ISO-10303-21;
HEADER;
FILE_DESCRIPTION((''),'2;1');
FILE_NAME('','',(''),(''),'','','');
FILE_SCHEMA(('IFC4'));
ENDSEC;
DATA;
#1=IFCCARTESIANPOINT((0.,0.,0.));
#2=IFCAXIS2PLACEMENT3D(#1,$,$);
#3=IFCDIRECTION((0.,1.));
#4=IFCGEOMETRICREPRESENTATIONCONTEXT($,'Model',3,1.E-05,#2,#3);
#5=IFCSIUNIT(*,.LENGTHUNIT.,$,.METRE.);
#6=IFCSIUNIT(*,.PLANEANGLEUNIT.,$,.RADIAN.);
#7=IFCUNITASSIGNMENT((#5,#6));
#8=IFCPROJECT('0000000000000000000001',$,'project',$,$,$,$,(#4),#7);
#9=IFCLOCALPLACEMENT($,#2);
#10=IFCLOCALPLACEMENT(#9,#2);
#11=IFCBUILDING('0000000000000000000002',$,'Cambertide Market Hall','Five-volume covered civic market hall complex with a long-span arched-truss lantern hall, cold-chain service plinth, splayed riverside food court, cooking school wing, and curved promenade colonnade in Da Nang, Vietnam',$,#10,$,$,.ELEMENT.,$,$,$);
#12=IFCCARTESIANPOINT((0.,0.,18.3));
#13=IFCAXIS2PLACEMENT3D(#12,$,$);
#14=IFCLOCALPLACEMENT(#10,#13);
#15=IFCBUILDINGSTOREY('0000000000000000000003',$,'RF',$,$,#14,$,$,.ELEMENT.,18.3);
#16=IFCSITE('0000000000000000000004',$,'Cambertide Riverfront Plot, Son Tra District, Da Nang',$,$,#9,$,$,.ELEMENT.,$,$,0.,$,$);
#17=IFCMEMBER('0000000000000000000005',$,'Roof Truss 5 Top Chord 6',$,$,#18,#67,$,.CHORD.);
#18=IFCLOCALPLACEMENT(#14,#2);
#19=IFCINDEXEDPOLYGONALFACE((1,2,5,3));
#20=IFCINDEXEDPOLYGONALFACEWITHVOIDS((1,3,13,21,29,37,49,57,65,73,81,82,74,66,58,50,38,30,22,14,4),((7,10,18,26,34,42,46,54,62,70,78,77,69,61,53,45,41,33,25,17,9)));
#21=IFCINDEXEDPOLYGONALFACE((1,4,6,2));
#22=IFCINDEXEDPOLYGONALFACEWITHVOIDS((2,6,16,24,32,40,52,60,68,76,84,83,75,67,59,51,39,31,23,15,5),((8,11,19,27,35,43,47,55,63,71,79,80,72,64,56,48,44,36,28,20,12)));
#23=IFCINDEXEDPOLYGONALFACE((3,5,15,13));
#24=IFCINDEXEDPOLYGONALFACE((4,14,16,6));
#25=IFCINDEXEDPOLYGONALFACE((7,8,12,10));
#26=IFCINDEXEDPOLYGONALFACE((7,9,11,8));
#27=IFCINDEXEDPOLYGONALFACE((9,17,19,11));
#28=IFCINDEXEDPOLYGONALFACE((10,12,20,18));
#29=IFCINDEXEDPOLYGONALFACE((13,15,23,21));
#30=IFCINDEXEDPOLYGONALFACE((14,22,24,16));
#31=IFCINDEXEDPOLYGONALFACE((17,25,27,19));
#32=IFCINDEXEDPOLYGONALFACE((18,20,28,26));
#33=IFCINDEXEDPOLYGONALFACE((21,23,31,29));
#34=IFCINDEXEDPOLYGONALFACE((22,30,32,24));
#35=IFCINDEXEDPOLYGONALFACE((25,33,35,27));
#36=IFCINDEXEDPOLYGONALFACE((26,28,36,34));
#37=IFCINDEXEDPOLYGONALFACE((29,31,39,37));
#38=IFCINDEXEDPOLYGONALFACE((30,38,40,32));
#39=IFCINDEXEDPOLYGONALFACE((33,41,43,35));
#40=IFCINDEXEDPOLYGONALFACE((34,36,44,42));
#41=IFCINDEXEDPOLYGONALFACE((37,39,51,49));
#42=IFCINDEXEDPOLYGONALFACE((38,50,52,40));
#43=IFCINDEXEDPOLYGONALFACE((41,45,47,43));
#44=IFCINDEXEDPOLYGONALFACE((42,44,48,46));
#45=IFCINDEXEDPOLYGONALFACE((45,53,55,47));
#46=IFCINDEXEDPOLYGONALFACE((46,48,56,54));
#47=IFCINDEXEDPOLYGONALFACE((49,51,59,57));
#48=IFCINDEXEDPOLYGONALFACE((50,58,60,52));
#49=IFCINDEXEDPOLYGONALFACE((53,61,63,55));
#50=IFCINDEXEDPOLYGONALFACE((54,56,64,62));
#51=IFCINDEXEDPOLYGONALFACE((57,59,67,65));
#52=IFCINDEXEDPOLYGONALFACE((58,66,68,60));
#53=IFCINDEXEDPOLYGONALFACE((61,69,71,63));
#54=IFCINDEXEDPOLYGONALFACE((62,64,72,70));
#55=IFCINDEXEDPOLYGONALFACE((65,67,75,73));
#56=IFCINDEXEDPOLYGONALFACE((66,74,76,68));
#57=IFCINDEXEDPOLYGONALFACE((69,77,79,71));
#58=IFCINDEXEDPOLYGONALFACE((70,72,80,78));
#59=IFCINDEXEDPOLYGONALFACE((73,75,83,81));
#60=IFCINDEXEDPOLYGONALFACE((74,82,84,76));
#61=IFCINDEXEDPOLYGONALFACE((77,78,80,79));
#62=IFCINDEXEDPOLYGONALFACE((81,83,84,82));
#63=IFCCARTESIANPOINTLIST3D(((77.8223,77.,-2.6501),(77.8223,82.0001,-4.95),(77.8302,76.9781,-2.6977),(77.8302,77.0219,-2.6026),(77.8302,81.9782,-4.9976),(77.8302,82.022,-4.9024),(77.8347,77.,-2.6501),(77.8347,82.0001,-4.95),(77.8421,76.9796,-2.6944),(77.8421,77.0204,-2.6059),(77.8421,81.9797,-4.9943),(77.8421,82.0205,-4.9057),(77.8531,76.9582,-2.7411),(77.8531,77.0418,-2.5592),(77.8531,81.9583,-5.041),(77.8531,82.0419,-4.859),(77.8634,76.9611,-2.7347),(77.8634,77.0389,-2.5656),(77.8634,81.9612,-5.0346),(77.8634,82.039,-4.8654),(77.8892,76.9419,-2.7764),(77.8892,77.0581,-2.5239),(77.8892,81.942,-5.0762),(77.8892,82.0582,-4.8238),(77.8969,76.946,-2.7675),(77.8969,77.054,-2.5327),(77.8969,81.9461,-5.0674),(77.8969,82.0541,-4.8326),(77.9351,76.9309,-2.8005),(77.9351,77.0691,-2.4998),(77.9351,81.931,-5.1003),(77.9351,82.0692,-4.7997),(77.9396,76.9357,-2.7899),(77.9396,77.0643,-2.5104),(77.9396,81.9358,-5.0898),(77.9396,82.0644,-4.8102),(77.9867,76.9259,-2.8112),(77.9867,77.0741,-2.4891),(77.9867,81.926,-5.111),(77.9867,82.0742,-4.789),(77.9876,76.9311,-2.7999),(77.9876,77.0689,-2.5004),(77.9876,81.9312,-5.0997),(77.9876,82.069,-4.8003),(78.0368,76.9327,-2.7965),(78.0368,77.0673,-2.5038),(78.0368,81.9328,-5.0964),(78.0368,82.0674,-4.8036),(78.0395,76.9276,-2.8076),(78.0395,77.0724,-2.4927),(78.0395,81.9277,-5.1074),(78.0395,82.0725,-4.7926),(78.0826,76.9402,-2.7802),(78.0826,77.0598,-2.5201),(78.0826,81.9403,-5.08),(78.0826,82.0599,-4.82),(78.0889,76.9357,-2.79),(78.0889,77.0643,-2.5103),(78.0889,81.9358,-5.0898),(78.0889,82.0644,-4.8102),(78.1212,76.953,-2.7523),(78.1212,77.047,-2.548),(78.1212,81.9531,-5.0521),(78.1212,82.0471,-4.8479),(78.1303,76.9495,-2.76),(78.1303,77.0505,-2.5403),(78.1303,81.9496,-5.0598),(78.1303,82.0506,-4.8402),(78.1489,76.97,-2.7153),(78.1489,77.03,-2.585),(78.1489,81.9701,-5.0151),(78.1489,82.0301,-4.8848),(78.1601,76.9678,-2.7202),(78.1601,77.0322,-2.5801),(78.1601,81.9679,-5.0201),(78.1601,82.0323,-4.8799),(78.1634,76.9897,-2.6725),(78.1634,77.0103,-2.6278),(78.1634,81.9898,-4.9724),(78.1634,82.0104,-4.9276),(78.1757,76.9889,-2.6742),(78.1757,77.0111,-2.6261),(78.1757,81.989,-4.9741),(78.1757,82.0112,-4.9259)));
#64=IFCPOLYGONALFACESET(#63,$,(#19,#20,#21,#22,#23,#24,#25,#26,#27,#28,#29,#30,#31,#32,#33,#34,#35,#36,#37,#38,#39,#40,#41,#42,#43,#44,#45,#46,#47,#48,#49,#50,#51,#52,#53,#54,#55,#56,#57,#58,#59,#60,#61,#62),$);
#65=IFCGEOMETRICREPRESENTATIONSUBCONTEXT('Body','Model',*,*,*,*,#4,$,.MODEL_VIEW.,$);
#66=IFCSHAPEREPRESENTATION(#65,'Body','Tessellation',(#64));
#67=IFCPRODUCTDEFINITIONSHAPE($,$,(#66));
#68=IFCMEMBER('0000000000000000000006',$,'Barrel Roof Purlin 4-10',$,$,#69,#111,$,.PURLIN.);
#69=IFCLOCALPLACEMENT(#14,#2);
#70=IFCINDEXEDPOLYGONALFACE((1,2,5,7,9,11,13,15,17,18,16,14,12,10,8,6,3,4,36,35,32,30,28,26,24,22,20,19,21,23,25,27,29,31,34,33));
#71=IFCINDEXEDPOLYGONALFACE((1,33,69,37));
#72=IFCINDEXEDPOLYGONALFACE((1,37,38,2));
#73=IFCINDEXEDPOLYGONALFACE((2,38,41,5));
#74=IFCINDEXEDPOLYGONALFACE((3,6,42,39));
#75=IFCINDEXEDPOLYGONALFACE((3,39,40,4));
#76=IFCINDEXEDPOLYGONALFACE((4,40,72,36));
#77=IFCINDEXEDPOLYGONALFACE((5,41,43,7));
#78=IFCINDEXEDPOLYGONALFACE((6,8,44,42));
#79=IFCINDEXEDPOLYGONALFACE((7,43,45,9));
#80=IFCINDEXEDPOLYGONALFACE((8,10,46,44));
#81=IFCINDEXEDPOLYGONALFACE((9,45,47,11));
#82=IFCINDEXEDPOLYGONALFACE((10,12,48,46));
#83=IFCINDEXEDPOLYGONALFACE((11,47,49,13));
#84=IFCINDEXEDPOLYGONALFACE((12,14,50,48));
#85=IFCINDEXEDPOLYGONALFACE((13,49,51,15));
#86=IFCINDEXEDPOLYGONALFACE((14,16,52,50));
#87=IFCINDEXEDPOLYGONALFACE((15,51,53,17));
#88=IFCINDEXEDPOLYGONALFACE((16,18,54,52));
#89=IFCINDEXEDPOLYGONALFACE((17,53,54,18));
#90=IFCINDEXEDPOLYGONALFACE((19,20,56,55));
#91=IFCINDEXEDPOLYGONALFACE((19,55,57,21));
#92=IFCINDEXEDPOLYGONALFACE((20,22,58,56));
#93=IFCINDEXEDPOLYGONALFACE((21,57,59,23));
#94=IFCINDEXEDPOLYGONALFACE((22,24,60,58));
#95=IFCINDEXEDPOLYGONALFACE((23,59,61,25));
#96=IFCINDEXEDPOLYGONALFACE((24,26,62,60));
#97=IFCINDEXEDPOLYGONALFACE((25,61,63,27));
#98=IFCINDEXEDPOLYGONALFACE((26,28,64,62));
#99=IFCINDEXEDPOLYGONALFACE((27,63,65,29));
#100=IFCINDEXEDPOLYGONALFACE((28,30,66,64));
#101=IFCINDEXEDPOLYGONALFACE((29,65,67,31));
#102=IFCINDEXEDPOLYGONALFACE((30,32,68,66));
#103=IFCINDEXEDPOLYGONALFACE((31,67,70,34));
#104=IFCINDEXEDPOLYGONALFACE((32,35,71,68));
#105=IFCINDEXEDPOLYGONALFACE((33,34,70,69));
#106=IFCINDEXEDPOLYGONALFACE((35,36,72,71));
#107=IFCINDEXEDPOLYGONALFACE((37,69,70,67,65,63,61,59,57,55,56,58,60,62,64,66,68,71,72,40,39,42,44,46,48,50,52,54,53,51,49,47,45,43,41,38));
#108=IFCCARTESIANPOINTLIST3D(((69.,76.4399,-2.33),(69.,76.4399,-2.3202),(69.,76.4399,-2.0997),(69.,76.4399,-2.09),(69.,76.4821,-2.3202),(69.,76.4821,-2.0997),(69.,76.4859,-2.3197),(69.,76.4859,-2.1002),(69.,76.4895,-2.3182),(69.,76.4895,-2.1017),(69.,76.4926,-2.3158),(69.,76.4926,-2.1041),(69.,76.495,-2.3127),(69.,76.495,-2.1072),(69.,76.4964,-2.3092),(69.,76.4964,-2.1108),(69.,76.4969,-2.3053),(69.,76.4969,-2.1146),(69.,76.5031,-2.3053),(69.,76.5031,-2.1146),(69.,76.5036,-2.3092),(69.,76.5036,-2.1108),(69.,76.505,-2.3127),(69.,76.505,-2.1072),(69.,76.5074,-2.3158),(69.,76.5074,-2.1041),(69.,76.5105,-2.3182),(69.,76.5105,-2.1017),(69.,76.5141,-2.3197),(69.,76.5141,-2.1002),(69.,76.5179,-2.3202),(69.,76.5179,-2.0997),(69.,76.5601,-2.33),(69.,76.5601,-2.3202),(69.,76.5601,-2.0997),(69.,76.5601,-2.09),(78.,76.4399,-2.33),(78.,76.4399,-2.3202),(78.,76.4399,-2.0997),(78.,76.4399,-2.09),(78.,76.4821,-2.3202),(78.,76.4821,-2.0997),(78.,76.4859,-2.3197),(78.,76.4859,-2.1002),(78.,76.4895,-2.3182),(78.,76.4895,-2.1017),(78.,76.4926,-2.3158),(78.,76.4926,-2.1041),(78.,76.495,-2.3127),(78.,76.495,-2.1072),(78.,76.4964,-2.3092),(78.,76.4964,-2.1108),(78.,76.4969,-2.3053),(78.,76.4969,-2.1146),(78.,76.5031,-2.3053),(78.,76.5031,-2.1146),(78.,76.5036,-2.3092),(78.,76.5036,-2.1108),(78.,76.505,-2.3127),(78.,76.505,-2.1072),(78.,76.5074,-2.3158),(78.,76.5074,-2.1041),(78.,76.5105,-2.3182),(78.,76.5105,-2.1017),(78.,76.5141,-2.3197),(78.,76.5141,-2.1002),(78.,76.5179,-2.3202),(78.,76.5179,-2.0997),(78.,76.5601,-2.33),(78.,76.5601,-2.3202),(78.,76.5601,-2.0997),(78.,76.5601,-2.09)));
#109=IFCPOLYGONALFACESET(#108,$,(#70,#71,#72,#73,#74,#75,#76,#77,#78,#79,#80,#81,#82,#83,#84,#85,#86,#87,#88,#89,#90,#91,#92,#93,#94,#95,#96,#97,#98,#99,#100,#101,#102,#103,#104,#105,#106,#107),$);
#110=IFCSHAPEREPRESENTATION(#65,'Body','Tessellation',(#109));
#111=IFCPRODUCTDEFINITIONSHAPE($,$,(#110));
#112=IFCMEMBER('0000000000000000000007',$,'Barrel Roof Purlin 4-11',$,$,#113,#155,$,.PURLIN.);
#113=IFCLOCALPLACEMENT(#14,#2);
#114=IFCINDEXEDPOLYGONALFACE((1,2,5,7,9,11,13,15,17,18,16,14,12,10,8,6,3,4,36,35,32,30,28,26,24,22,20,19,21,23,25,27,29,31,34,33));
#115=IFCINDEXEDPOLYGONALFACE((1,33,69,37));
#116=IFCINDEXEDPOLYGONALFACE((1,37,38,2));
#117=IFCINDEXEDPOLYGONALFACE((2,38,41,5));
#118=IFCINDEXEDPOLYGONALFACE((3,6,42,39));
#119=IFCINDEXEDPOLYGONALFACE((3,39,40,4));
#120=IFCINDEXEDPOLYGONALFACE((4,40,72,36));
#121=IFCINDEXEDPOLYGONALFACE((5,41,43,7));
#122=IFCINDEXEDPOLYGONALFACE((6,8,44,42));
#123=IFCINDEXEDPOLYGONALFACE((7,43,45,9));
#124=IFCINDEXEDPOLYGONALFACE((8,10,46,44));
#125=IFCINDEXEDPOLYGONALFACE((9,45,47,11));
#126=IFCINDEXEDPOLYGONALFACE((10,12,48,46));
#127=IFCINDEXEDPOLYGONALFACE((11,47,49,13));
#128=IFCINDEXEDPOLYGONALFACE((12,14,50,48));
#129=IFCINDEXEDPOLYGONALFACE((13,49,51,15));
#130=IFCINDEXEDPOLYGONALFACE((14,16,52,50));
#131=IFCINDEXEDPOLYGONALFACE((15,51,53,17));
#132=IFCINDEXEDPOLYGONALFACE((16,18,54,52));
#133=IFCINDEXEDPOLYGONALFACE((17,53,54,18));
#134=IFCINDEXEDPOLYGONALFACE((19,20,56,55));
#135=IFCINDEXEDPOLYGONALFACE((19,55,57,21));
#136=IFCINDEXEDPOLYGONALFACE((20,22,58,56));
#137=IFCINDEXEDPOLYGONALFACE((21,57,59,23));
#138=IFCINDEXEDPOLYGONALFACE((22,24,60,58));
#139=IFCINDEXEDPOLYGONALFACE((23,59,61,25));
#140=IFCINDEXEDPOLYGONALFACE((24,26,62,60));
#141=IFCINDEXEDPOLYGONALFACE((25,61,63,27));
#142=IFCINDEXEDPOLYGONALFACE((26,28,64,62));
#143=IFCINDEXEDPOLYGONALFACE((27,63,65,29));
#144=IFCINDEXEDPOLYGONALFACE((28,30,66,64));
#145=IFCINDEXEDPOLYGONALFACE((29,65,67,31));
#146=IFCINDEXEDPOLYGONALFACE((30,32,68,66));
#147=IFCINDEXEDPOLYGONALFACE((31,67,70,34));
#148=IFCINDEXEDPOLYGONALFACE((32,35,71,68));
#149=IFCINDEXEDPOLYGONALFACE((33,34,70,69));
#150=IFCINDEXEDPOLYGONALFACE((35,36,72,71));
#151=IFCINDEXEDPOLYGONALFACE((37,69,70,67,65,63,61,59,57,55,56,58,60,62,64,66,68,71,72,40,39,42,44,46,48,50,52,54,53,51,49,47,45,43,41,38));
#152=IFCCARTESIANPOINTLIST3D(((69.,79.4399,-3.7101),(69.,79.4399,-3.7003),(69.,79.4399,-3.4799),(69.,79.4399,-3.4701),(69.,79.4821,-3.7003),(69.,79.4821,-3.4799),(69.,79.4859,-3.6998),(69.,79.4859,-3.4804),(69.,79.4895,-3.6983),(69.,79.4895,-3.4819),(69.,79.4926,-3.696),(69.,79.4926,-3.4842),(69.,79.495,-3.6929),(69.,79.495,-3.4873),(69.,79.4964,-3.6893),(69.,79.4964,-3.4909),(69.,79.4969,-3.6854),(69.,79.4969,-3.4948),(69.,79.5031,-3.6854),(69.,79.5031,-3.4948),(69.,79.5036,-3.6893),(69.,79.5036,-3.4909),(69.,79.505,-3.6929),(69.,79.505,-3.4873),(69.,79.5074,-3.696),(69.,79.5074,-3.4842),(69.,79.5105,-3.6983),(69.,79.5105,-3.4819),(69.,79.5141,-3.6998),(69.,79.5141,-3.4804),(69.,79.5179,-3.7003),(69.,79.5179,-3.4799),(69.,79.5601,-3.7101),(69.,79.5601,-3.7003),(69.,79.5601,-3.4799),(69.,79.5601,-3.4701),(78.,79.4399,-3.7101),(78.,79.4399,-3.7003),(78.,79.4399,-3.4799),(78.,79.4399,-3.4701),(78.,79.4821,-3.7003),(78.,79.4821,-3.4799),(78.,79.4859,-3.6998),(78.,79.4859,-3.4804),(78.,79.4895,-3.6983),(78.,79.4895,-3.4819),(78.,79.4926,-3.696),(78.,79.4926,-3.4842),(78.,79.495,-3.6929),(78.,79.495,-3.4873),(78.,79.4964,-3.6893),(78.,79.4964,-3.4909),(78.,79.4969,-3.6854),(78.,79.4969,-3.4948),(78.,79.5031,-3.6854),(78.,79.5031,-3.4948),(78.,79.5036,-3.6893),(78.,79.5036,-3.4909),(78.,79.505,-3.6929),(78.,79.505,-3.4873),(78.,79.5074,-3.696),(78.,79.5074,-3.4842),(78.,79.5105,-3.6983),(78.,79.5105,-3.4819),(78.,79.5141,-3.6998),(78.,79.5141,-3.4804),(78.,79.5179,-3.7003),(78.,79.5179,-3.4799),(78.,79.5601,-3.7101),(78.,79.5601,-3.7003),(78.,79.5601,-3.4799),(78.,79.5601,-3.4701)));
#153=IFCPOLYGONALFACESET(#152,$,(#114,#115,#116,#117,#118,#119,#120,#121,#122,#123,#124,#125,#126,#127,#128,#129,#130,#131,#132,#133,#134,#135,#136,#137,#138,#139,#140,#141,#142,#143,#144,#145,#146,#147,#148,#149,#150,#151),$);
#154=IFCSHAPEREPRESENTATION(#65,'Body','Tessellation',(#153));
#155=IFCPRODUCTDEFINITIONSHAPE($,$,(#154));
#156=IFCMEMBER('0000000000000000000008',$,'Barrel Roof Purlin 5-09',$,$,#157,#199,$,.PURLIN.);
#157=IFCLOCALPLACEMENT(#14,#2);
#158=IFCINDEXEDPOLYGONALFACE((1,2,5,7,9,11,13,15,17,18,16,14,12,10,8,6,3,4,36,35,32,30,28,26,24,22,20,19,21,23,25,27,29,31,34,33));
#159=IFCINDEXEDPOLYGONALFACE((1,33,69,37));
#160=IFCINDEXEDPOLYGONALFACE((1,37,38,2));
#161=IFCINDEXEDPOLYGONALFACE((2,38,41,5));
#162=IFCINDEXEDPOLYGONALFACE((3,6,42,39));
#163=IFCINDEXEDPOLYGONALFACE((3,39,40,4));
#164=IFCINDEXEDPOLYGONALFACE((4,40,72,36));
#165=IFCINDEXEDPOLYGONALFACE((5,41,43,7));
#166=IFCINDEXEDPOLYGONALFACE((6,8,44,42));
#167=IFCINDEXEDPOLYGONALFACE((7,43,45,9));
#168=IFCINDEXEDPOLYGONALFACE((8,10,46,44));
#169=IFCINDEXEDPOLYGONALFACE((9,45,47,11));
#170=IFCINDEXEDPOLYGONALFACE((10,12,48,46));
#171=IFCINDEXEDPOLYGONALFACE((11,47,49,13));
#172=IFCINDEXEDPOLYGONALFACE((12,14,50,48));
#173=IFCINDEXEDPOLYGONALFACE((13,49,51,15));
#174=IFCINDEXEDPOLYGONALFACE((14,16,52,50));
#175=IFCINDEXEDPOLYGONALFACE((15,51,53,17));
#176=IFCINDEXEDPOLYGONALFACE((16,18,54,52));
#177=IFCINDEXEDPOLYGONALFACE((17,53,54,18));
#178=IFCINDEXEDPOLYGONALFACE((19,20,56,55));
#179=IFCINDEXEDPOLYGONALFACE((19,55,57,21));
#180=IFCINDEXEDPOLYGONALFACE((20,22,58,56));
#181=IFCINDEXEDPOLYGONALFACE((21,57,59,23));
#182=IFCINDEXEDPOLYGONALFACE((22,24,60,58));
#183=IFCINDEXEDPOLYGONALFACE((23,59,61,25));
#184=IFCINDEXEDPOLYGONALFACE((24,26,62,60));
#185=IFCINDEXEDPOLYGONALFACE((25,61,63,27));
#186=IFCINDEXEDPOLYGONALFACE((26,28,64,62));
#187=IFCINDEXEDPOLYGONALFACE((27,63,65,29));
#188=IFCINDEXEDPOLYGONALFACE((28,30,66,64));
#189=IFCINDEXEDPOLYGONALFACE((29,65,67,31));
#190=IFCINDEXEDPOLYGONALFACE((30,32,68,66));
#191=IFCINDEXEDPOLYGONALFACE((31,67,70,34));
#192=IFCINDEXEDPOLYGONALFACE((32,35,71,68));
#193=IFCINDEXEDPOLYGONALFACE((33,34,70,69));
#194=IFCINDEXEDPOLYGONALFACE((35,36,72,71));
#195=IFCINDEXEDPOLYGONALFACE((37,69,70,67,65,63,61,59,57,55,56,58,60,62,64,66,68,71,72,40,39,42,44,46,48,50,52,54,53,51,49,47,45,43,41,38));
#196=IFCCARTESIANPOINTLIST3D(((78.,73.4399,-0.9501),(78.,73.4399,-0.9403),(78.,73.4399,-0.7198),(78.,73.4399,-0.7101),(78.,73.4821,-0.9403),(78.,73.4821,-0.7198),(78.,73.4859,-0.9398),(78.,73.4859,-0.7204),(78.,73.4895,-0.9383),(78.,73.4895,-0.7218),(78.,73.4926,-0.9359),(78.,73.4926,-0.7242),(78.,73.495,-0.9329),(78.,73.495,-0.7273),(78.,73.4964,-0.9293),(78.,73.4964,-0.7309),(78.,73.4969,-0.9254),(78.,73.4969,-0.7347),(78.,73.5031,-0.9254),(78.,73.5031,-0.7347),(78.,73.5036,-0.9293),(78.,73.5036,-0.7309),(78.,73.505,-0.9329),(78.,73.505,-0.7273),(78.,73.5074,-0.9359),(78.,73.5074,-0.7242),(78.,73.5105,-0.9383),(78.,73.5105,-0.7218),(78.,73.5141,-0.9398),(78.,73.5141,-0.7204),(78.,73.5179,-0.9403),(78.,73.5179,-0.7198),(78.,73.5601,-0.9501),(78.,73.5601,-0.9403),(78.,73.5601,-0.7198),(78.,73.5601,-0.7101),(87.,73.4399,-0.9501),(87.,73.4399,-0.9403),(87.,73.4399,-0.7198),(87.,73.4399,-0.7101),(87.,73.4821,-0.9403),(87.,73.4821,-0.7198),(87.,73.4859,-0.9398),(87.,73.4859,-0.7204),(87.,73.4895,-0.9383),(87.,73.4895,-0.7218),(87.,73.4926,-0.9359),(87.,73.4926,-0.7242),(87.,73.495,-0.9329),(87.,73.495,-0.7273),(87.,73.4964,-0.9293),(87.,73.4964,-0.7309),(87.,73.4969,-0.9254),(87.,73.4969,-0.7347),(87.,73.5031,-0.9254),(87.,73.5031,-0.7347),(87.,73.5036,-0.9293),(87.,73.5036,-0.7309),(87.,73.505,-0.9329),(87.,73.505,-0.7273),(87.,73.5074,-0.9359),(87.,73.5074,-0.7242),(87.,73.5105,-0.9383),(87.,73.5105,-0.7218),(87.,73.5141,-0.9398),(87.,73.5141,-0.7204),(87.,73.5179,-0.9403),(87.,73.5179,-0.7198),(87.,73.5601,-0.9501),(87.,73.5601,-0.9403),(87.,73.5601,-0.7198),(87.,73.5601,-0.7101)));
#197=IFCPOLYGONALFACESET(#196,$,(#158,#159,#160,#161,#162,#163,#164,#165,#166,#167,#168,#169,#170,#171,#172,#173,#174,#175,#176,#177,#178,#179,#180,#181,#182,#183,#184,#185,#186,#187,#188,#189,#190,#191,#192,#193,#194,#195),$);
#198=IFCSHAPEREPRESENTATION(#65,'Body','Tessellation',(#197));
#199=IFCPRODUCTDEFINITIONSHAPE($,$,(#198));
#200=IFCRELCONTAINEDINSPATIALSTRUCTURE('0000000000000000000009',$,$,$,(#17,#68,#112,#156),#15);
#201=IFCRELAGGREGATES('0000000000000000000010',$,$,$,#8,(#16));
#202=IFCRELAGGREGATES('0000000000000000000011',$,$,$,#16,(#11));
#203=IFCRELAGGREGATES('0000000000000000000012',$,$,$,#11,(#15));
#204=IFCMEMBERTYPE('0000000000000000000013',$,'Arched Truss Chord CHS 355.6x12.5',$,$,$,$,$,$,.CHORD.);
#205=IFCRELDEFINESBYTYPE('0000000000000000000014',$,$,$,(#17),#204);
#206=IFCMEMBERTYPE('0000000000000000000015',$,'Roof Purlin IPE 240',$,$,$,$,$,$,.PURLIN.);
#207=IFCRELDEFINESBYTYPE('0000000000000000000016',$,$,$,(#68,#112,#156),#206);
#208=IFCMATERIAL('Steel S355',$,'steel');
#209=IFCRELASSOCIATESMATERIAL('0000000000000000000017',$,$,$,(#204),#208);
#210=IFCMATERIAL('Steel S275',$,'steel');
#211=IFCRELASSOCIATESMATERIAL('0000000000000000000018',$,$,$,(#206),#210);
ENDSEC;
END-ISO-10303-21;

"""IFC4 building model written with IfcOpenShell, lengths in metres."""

from ifc_helpers import new_model, si_unit, direction, frame, origin, origin_2d, place, context, subcontext, project, spatial, hollow_circle, i_section, extrude, material, material_profile, profile_set, type_object, element, save


model = new_model("IFC4")

# Units and contexts
model_context = context("Model", 3, precision=1e-05, world=origin(), true_north=direction((0.0, 1.0)))
body_context = subcontext(model_context, "Body", "Model", "MODEL_VIEW")
ifc_project = project(units=[si_unit("LENGTHUNIT", "METRE"), si_unit("PLANEANGLEUNIT", "RADIAN")], contexts=[model_context])

# Site, building, storey
site_placement = place(None, origin())
site = spatial("IfcSite", under=ifc_project, at=site_placement, Name="Cambertide Riverfront Plot, Son Tra District, Da Nang", CompositionType="ELEMENT", RefElevation=0.0)
building_placement = place(site_placement, origin())
building = spatial("IfcBuilding", under=site, at=building_placement, Name="Cambertide Market Hall", Description="Five-volume covered civic market hall complex with a long-span arched-truss lantern hall, cold-chain service plinth, splayed riverside food court, cooking school wing, and curved promenade colonnade in Da Nang, Vietnam", CompositionType="ELEMENT")
storey_placement = place(building_placement, frame((0.0, 0.0, 18.3)))
storey = spatial("IfcBuildingStorey", under=building, at=storey_placement, Name="RF", CompositionType="ELEMENT", Elevation=18.3)

# Members
ifc_material_1 = material(Name="Steel S355", Category="steel")
ifc_material_profile_1 = material_profile(ifc_material_1, hollow_circle(Radius=0.1777, WallThickness=0.0125, at=origin_2d()), Name="CHS 355.6x12.5")
ifc_profile_set_1 = profile_set([ifc_material_profile_1], Name="Steel S355")
member_type_1 = type_object("IfcMemberType", Name="Arched Truss Chord CHS 355.6x12.5", PredefinedType="CHORD", material=ifc_profile_set_1)
for number, where, z_axis, x_axis, name in (
    (1, (78.0, 77.0, -2.6501), (0.0, 0.908504, -0.417876), (-1.0, 0.0, 0.0), "Roof Truss 5 Top Chord 6"),
):
    element("IfcMember", number, at=place(storey_placement, frame(where, z_axis=z_axis, x_axis=x_axis)), inside=storey, type_object=member_type_1, Name=name, PredefinedType="CHORD", context=body_context, shape_type="SweptSolid", body=[
        extrude(hollow_circle(Radius=0.1777, WallThickness=0.0125, at=origin_2d()), origin(), (0.0, 0.0, 1.0), 5.5037),
    ])
ifc_material_2 = material(Name="Steel S275", Category="steel")
ifc_material_profile_2 = material_profile(ifc_material_2, i_section(OverallWidth=0.1201, OverallDepth=0.24, WebThickness=0.0061, FlangeThickness=0.0098, FilletRadius=0.0149, at=origin_2d()), Name="IPE 240")
ifc_profile_set_2 = profile_set([ifc_material_profile_2], Name="Steel S275")
member_type_2 = type_object("IfcMemberType", Name="Roof Purlin IPE 240", PredefinedType="PURLIN", material=ifc_profile_set_2)
for number, where, z_axis, x_axis, name in (
    (2, (69.0, 76.5, -2.21), (1.0, 0.0, 0.0), (0.0, 1.0, 0.0), "Barrel Roof Purlin 4-10"),
    (3, (69.0, 79.5, -3.5901), (1.0, 0.0, 0.0), (0.0, 1.0, 0.0), "Barrel Roof Purlin 4-11"),
    (4, (78.0, 73.5, -0.8301), (1.0, 0.0, 0.0), (0.0, 1.0, 0.0), "Barrel Roof Purlin 5-09"),
):
    element("IfcMember", number, at=place(storey_placement, frame(where, z_axis=z_axis, x_axis=x_axis)), inside=storey, type_object=member_type_2, Name=name, PredefinedType="PURLIN", context=body_context, shape_type="SweptSolid", body=[
        extrude(i_section(OverallWidth=0.1201, OverallDepth=0.24, WebThickness=0.0061, FlangeThickness=0.0098, FilletRadius=0.0149, at=origin_2d()), origin(), (0.0, 0.0, 1.0), 9.0),
    ])

save(model, "model.ifc")
